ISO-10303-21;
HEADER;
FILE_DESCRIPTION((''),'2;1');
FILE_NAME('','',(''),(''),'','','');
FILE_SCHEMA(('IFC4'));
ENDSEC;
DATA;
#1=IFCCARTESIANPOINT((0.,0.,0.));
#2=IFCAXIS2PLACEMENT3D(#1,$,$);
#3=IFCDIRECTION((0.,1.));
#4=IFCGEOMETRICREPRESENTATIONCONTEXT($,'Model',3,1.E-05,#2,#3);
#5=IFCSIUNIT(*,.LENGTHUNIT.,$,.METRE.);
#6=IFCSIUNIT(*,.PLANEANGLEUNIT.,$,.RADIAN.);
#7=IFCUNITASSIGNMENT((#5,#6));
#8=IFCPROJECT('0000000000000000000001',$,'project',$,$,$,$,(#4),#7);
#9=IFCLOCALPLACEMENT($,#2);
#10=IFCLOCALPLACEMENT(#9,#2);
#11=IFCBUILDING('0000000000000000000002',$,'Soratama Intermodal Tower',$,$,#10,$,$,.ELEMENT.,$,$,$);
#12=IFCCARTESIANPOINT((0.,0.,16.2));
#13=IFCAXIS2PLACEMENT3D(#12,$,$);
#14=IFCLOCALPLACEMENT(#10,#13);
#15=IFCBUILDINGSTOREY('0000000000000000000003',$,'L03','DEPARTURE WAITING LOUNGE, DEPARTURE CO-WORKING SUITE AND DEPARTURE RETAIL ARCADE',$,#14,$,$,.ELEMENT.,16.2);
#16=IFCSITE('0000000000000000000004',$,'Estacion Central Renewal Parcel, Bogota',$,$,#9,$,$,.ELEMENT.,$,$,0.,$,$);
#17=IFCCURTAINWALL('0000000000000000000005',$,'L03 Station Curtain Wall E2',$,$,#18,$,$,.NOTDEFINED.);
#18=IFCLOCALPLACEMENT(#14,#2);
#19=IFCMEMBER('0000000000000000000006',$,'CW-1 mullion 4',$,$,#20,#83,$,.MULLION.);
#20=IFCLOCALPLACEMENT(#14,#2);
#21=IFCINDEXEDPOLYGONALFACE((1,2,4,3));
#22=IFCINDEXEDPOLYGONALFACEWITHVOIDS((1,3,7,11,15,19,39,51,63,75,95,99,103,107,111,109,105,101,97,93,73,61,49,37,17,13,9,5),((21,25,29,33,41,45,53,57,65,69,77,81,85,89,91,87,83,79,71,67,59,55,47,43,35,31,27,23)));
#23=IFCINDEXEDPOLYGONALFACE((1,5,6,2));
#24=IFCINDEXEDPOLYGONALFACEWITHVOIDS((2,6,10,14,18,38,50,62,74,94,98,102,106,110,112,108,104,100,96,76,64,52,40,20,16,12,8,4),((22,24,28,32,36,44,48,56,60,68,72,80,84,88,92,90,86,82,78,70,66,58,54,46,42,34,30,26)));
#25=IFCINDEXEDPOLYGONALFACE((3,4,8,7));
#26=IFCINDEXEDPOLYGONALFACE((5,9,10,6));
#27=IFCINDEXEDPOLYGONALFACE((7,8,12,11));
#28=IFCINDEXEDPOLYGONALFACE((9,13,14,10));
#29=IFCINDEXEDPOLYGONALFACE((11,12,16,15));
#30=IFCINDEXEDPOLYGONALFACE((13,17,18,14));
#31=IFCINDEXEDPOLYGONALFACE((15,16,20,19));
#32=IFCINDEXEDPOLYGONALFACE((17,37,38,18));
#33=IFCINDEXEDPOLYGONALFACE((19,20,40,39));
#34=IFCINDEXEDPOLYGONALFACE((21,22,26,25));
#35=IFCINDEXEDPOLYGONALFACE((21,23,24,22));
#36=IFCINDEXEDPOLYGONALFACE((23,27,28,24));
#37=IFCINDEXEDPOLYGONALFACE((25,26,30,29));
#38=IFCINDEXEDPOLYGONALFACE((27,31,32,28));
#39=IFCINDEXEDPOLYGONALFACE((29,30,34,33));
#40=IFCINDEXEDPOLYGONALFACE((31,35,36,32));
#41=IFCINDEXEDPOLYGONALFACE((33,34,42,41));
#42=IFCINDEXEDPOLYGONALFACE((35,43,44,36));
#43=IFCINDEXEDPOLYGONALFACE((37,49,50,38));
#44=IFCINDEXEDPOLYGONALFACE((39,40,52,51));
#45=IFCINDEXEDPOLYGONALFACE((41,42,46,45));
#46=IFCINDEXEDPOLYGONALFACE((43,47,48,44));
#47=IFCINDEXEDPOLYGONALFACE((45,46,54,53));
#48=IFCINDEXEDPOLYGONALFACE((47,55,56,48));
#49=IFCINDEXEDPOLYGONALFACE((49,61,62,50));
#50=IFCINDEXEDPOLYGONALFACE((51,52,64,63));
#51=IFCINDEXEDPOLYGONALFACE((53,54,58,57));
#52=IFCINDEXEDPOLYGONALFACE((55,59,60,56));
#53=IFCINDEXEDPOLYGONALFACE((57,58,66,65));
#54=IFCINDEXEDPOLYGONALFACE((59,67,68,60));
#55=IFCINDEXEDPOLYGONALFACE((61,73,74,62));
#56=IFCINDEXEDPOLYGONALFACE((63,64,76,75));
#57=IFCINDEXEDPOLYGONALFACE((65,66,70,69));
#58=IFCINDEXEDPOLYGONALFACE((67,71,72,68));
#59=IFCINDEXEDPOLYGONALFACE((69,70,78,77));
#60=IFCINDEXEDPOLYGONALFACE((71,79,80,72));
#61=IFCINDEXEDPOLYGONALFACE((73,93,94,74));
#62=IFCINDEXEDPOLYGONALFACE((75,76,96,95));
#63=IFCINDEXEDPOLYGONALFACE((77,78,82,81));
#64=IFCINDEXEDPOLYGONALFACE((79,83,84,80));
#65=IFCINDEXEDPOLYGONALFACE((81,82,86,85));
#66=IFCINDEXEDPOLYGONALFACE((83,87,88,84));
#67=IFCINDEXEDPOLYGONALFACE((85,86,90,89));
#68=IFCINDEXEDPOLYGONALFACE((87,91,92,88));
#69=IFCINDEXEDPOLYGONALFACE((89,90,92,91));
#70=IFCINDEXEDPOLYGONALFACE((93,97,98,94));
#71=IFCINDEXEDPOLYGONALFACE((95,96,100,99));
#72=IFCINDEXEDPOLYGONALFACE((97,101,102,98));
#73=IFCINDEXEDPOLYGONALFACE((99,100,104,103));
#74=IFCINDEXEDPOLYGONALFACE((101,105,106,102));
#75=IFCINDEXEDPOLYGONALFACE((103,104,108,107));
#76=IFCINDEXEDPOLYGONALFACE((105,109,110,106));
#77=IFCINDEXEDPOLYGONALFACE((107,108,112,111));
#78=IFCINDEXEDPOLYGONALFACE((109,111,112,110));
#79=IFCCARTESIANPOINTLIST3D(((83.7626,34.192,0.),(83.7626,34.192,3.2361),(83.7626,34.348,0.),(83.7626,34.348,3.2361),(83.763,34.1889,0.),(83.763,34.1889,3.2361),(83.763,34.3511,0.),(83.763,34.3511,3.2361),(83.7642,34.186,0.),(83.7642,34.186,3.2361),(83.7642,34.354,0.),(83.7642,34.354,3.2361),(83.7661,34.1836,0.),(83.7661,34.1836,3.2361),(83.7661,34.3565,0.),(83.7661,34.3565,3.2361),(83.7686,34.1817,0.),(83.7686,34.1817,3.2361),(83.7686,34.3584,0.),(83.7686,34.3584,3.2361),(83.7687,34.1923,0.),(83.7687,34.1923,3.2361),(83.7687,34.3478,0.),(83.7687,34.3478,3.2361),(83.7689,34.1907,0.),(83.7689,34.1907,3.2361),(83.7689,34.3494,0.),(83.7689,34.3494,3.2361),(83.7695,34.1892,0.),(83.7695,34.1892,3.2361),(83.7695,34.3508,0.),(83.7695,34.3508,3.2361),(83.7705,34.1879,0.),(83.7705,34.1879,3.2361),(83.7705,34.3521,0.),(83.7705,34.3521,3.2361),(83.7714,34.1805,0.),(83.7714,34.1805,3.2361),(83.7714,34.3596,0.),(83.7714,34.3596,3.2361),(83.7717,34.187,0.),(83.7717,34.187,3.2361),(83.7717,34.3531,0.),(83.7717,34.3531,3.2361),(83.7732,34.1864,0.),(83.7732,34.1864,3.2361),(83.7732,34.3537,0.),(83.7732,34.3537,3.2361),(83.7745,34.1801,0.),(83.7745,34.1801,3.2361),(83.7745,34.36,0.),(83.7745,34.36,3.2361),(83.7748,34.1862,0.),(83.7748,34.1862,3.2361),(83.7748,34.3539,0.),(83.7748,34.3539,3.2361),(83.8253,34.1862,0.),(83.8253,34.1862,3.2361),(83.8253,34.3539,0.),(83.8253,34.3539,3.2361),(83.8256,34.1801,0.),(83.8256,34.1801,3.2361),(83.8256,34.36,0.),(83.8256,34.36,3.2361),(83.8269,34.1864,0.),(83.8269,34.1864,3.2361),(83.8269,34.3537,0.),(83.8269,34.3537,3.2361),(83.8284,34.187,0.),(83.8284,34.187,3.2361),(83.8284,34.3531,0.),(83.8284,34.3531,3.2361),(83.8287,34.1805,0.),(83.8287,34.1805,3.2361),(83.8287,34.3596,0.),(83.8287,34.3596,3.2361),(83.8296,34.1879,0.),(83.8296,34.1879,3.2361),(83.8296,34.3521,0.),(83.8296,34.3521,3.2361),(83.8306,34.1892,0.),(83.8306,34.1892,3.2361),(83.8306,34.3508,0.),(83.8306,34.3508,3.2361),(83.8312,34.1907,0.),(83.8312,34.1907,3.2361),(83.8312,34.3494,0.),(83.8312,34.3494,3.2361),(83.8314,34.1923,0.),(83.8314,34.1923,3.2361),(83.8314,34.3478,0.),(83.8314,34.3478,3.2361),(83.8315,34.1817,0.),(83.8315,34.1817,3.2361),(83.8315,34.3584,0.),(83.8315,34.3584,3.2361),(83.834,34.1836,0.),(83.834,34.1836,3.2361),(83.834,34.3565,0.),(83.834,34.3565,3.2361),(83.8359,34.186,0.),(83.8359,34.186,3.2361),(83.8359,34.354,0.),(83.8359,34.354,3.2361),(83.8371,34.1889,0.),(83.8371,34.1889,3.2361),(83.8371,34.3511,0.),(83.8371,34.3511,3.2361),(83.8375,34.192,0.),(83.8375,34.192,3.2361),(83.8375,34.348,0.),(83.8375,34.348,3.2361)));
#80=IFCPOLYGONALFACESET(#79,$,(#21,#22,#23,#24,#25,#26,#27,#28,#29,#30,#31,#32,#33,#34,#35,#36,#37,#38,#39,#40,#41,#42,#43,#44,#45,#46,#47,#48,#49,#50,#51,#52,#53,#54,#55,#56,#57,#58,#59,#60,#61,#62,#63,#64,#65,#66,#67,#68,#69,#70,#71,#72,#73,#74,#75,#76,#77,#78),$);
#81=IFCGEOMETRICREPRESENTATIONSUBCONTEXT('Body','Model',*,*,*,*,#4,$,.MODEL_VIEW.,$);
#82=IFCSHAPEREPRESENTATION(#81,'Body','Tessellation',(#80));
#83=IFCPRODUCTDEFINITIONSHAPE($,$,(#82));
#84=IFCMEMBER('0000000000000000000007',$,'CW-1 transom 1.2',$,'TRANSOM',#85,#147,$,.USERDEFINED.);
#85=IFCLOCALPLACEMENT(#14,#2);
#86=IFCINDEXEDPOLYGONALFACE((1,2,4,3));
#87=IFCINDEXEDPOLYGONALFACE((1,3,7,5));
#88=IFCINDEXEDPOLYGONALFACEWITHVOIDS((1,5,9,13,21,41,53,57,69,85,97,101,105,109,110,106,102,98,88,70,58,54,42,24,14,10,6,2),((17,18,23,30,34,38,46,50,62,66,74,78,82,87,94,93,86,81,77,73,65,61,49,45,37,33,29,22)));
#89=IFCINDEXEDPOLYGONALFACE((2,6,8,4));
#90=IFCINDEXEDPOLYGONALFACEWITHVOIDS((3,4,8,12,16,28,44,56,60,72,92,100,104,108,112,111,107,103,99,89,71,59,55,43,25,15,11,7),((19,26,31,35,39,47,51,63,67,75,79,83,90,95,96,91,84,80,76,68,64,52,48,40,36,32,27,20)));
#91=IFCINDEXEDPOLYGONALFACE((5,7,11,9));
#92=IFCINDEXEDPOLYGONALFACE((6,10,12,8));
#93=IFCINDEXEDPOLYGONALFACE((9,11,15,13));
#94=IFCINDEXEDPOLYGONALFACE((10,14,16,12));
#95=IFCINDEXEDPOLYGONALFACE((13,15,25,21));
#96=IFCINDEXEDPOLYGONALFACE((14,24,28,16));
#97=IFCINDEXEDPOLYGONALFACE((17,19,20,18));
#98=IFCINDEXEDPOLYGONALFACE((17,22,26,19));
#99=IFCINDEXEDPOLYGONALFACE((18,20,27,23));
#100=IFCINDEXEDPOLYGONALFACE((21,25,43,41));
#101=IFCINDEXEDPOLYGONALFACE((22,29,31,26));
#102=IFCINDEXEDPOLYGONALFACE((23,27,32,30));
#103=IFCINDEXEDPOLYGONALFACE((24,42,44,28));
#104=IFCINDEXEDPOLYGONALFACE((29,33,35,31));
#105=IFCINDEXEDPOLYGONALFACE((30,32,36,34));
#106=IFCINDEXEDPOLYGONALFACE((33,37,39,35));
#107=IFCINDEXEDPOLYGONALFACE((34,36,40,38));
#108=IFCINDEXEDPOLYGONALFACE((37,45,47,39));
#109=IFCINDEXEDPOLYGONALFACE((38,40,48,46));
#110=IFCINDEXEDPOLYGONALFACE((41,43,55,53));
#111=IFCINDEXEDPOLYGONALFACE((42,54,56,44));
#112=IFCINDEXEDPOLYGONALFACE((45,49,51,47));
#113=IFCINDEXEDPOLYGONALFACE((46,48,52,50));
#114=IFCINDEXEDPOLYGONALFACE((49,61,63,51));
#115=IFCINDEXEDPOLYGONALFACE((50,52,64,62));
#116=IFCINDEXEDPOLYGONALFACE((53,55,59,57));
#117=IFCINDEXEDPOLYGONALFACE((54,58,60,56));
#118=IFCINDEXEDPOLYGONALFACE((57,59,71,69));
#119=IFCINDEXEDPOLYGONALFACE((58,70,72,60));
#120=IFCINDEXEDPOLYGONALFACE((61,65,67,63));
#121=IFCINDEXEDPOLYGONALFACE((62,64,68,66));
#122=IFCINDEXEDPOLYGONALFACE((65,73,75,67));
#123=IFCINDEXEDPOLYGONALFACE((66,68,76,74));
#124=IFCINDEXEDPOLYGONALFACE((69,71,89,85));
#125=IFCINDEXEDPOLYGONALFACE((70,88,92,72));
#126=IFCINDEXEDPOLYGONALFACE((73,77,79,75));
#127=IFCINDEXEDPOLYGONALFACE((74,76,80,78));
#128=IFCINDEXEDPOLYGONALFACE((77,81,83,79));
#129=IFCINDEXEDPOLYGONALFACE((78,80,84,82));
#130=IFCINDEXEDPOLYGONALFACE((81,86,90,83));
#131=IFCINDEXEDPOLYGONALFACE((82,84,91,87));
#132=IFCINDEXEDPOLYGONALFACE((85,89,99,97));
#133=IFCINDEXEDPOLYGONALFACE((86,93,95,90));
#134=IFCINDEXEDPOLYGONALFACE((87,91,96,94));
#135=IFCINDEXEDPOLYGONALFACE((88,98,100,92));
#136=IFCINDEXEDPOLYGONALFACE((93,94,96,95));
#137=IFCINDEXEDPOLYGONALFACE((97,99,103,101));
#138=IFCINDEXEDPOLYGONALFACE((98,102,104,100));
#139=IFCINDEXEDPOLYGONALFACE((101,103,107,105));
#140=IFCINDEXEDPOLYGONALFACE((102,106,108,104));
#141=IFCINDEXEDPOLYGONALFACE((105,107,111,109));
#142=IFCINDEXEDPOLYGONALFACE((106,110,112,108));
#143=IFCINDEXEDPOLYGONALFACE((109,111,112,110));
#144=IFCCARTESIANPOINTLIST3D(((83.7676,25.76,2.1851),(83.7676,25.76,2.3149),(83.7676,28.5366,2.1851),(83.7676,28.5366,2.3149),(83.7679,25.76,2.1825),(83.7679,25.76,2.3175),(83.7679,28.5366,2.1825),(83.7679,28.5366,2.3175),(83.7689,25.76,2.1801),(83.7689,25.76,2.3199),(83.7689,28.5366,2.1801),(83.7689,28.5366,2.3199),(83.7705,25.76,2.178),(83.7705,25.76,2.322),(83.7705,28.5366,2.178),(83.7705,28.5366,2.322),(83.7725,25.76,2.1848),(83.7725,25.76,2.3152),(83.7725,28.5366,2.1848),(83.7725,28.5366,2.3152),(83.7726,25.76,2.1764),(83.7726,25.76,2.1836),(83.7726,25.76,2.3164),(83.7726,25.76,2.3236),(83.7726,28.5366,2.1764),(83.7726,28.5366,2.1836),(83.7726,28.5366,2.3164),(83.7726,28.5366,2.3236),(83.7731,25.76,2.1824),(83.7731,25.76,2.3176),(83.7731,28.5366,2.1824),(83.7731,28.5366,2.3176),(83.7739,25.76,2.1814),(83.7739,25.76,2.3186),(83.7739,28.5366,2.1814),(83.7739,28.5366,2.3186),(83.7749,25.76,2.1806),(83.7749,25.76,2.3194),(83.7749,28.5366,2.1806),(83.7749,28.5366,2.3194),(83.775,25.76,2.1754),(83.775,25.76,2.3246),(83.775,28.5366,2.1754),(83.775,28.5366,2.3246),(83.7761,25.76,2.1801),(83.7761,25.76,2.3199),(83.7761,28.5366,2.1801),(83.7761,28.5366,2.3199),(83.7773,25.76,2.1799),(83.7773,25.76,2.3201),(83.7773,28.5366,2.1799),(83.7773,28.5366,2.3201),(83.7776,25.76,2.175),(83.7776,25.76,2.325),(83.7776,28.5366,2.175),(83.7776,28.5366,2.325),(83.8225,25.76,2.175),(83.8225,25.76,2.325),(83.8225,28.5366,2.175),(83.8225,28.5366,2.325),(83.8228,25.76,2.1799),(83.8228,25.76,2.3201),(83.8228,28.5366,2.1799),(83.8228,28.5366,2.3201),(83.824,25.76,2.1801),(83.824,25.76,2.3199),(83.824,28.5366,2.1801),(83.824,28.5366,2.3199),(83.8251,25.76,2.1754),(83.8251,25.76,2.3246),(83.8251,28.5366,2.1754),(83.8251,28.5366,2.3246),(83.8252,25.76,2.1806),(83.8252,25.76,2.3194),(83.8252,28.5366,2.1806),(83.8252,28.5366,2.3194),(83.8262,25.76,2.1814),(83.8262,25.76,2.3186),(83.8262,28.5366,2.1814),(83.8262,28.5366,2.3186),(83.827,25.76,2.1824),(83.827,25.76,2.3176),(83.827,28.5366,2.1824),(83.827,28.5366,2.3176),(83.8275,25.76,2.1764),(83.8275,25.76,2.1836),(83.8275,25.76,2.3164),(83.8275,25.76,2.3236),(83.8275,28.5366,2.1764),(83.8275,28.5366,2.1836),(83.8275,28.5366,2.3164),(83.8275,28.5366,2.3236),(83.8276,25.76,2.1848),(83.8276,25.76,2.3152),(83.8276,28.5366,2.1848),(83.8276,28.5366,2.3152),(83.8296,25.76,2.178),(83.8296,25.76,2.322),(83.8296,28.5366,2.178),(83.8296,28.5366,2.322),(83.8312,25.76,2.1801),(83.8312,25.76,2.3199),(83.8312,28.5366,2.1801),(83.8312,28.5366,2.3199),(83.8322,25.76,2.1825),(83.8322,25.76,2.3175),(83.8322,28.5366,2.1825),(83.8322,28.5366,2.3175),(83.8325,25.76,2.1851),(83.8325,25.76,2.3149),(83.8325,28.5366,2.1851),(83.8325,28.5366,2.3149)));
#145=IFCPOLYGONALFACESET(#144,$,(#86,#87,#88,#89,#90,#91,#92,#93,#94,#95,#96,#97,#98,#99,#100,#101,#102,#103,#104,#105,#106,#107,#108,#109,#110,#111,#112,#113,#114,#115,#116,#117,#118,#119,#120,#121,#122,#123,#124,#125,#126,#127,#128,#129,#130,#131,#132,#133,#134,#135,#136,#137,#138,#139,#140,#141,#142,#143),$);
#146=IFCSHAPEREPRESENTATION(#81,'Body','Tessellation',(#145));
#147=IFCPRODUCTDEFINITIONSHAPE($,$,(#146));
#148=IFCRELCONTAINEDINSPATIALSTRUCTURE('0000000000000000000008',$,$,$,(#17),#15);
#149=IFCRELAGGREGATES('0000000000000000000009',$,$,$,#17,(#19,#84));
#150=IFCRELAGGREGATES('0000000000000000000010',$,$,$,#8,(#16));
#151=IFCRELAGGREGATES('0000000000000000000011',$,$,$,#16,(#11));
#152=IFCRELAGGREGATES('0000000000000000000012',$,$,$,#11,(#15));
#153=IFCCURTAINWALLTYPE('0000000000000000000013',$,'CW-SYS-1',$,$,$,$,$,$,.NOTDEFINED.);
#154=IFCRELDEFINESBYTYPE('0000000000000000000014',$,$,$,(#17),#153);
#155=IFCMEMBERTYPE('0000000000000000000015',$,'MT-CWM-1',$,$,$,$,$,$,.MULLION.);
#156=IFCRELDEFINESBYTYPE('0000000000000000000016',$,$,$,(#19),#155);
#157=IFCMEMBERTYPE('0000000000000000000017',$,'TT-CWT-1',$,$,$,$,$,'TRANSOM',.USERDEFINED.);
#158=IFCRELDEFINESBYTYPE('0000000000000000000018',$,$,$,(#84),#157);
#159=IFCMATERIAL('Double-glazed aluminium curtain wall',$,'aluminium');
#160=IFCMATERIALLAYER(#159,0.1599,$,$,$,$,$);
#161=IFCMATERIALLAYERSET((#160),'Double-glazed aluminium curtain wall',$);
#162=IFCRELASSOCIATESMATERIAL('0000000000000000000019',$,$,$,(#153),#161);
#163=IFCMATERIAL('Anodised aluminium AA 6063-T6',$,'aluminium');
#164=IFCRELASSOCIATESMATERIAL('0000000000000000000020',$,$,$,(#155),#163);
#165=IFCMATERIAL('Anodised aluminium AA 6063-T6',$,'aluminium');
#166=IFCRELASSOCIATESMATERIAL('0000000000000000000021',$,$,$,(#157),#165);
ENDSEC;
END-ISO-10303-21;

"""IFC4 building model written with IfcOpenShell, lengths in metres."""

from ifc_helpers import new_model, si_unit, direction, frame, origin, origin_2d, place, context, subcontext, project, spatial, hollow_rectangle, extrude, material, layer, layer_set, material_profile, profile_set, type_object, element, aggregate, save


model = new_model("IFC4")

# Units and contexts
model_context = context("Model", 3, precision=1e-05, world=origin(), true_north=direction((0.0, 1.0)))
body_context = subcontext(model_context, "Body", "Model", "MODEL_VIEW")
ifc_project = project(units=[si_unit("LENGTHUNIT", "METRE"), si_unit("PLANEANGLEUNIT", "RADIAN")], contexts=[model_context])

# Site, building, storey
site_placement = place(None, origin())
site = spatial("IfcSite", under=ifc_project, at=site_placement, Name="Estacion Central Renewal Parcel, Bogota", CompositionType="ELEMENT", RefElevation=0.0)
building_placement = place(site_placement, origin())
building = spatial("IfcBuilding", under=site, at=building_placement, Name="Soratama Intermodal Tower", CompositionType="ELEMENT")
storey_placement = place(building_placement, frame((0.0, 0.0, 16.2)))
storey = spatial("IfcBuildingStorey", under=building, at=storey_placement, Name="L03", Description="DEPARTURE WAITING LOUNGE, DEPARTURE CO-WORKING SUITE AND DEPARTURE RETAIL ARCADE", CompositionType="ELEMENT", Elevation=16.2)

# Curtain wall, members
ifc_material_1 = material(Name="Double-glazed aluminium curtain wall", Category="aluminium")
ifc_layer_1 = layer(ifc_material_1, 0.1599)
ifc_layer_set_1 = layer_set([ifc_layer_1], Name="Double-glazed aluminium curtain wall")
curtain_wall_type = type_object("IfcCurtainWallType", Name="CW-SYS-1", PredefinedType="NOTDEFINED", material=ifc_layer_set_1)
curtain_wall_placement = place(storey_placement, origin())
curtain_wall = element("IfcCurtainWall", 1, at=curtain_wall_placement, inside=storey, type_object=curtain_wall_type, Name="L03 Station Curtain Wall E2", PredefinedType="NOTDEFINED")
ifc_material_2 = material(Name="Anodised aluminium AA 6063-T6", Category="aluminium")
ifc_material_profile_1 = material_profile(ifc_material_2, hollow_rectangle(XDim=0.075, YDim=0.1799, WallThickness=0.0061, InnerFilletRadius=0.0061, OuterFilletRadius=0.012, at=origin_2d()), Name="CWM180X75X6")
ifc_profile_set_1 = profile_set([ifc_material_profile_1], Name="Anodised aluminium AA 6063-T6")
member_type_1 = type_object("IfcMemberType", Name="MT-CWM-1", PredefinedType="MULLION", material=ifc_profile_set_1)
member_1_placement = place(storey_placement, frame((83.8, 34.27, 0.0), z_axis=(0.0, 0.0, 1.0), x_axis=(-1.0, 0.0, 0.0)))
member_1 = element("IfcMember", 2, at=member_1_placement, type_object=member_type_1, Name="CW-1 mullion 4", PredefinedType="MULLION", context=body_context, shape_type="SweptSolid", body=[
    extrude(hollow_rectangle(XDim=0.075, YDim=0.1799, WallThickness=0.0061, InnerFilletRadius=0.0061, OuterFilletRadius=0.012, at=origin_2d()), origin(), (0.0, 0.0, 1.0), 3.2361),
])
ifc_material_3 = material(Name="Anodised aluminium AA 6063-T6", Category="aluminium")
ifc_material_profile_2 = material_profile(ifc_material_3, hollow_rectangle(XDim=0.0649, YDim=0.1499, WallThickness=0.0049, InnerFilletRadius=0.0049, OuterFilletRadius=0.01, at=origin_2d()), Name="CWT150X65X5")
ifc_profile_set_2 = profile_set([ifc_material_profile_2], Name="Anodised aluminium AA 6063-T6")
member_type_2 = type_object("IfcMemberType", Name="TT-CWT-1", ElementType="TRANSOM", PredefinedType="USERDEFINED", material=ifc_profile_set_2)
member_2_placement = place(storey_placement, frame((83.8, 25.76, 2.25), z_axis=(0.0, 1.0, 0.0), x_axis=(-1.0, 0.0, 0.0)))
member_2 = element("IfcMember", 3, at=member_2_placement, type_object=member_type_2, Name="CW-1 transom 1.2", ObjectType="TRANSOM", PredefinedType="USERDEFINED", context=body_context, shape_type="SweptSolid", body=[
    extrude(hollow_rectangle(XDim=0.0649, YDim=0.1499, WallThickness=0.0049, InnerFilletRadius=0.0049, OuterFilletRadius=0.01, at=origin_2d()), origin(), (0.0, 0.0, 1.0), 2.7766),
])
aggregate(curtain_wall, [member_1, member_2])

save(model, "model.ifc")
